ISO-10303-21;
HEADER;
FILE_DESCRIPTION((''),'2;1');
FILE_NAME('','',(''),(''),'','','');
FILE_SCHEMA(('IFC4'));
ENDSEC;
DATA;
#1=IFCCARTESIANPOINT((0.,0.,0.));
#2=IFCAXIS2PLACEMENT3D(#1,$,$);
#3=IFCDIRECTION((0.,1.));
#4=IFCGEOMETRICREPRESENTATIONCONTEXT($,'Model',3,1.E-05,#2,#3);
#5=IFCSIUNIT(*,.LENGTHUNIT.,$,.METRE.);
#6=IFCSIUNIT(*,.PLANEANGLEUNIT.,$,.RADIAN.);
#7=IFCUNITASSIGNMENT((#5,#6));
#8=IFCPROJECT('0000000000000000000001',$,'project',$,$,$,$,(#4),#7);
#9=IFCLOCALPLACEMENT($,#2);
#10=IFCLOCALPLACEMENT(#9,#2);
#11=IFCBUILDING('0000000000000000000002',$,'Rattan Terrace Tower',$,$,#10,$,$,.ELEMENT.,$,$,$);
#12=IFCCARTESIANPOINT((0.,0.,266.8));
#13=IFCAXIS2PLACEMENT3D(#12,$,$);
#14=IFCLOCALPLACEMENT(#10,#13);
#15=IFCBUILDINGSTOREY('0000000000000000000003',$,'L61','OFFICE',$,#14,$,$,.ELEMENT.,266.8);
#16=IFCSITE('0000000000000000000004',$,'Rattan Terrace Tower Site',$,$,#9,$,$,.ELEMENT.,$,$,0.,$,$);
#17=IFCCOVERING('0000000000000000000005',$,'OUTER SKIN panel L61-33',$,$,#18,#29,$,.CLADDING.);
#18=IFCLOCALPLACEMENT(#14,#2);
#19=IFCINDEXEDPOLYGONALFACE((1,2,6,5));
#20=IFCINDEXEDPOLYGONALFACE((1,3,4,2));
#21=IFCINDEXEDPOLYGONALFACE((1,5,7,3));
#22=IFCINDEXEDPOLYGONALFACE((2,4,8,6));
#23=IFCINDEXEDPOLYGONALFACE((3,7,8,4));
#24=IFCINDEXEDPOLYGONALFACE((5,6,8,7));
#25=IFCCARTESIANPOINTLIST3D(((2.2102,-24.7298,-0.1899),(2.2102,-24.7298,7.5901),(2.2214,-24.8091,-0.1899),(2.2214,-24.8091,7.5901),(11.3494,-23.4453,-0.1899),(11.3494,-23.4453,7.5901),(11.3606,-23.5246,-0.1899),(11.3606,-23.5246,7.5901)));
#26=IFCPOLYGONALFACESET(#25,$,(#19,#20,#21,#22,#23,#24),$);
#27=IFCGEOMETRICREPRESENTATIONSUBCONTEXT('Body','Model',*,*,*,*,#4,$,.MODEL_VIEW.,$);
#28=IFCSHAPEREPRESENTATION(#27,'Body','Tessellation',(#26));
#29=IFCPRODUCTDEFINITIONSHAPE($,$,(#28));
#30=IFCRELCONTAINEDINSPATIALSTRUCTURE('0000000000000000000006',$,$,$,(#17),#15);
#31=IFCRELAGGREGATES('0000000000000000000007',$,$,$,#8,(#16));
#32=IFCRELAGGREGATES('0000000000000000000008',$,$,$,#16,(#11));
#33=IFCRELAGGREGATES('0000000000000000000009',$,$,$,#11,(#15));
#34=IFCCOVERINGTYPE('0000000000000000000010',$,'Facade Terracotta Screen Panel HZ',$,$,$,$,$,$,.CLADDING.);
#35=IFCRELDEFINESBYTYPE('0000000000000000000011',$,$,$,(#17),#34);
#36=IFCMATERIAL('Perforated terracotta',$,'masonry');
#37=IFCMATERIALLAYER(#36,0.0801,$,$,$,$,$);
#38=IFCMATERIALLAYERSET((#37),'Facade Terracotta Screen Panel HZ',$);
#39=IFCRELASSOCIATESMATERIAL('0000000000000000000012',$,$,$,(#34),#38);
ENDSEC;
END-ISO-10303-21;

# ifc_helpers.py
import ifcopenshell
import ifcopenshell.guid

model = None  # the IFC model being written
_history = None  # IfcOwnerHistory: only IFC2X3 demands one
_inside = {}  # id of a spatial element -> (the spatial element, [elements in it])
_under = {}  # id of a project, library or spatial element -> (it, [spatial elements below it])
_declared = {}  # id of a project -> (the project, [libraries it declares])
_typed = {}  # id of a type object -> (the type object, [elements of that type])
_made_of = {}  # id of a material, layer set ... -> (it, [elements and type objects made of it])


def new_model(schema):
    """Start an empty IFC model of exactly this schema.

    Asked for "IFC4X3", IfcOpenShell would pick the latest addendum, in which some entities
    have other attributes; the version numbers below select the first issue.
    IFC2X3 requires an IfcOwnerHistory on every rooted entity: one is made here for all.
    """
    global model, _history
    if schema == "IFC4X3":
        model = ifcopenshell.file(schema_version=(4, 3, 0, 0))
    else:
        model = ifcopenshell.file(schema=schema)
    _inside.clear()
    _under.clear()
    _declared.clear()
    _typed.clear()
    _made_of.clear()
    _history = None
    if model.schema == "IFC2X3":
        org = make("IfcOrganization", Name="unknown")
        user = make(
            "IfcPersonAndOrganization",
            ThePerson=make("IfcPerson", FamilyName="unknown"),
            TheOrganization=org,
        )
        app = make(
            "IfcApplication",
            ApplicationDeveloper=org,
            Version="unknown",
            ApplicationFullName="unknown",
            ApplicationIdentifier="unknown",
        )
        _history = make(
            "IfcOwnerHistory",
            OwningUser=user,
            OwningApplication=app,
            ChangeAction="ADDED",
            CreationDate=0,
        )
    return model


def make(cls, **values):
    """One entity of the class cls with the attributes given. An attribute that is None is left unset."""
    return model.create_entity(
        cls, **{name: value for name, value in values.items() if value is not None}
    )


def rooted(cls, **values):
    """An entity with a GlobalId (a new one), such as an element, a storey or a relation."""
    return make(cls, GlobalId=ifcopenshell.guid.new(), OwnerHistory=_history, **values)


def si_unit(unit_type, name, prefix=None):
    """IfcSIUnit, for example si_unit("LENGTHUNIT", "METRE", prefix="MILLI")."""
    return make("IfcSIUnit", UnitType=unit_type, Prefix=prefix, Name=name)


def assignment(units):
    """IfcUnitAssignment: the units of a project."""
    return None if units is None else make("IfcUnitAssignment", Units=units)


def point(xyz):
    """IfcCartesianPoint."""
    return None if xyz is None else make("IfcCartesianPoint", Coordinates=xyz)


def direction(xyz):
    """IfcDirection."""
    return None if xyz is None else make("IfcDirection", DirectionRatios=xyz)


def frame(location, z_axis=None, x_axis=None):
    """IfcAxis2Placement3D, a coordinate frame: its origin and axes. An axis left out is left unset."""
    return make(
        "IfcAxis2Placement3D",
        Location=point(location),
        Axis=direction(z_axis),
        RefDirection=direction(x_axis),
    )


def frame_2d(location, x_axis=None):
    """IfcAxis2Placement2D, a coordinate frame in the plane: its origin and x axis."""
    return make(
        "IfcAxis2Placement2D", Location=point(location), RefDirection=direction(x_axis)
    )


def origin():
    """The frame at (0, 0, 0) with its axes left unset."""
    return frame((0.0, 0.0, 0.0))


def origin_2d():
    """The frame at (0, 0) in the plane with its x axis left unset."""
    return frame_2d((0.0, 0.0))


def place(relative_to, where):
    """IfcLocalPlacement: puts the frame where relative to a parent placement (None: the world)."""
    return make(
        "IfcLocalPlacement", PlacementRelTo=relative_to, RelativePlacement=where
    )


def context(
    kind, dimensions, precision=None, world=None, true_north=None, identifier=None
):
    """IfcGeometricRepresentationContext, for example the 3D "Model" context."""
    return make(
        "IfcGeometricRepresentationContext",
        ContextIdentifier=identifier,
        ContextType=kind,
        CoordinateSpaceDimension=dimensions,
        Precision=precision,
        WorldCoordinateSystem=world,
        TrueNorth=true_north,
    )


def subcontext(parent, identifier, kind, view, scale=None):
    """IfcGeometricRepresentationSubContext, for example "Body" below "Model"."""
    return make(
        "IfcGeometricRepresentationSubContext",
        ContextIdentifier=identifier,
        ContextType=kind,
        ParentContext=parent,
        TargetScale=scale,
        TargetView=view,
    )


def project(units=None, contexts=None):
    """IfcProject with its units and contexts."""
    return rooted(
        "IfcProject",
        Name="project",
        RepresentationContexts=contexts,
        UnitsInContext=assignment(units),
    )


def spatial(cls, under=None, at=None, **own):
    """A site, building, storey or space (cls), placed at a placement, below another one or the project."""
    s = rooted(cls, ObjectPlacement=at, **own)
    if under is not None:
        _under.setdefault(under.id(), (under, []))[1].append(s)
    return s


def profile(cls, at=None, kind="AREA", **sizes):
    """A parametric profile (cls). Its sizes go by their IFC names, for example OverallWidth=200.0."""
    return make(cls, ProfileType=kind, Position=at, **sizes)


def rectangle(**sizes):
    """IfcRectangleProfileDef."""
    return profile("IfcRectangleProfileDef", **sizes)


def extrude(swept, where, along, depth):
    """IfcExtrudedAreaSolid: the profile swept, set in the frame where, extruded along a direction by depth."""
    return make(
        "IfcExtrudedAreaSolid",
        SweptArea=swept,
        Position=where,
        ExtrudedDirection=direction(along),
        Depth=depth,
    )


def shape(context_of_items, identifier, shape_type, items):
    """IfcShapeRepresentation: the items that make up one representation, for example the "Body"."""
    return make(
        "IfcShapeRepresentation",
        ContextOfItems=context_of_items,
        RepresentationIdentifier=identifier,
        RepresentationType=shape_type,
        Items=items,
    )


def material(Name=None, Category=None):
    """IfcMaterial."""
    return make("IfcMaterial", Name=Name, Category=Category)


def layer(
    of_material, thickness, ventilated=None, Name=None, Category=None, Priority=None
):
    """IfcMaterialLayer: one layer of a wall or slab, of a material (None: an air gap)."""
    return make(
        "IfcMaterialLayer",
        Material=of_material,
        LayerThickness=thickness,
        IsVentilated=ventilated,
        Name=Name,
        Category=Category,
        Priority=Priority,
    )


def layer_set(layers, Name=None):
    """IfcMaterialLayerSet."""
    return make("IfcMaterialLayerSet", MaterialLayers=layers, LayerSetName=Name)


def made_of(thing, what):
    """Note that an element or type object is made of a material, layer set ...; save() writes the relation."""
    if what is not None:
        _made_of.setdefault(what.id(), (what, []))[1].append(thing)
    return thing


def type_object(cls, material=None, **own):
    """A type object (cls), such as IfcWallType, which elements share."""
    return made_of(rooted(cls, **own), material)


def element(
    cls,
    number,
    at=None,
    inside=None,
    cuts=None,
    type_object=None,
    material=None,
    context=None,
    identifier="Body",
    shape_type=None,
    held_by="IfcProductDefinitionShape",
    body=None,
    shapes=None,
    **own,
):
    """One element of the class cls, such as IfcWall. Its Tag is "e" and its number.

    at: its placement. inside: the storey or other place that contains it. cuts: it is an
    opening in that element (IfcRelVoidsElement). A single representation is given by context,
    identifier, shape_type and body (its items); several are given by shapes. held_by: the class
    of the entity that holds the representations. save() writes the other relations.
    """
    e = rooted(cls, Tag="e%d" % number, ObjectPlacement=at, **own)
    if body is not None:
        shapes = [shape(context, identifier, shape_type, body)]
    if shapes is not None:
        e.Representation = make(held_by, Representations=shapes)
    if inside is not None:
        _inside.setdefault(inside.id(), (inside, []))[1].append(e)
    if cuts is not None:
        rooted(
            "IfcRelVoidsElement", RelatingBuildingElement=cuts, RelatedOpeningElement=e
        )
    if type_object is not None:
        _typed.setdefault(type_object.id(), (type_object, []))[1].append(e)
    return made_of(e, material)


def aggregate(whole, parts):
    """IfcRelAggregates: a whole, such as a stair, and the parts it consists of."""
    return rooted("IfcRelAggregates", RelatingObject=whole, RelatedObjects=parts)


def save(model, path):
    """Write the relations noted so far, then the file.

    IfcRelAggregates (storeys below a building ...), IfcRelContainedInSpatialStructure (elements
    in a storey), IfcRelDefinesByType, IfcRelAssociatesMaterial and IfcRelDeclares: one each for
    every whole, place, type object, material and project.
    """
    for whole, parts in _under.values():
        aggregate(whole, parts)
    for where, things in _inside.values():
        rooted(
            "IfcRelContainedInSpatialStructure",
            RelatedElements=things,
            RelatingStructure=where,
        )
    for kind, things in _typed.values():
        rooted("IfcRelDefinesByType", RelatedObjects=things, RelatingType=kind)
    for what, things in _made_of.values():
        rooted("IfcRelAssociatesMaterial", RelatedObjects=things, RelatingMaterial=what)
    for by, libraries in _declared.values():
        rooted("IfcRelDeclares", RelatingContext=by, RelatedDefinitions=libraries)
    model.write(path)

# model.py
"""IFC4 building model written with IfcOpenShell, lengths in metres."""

from ifc_helpers import new_model, si_unit, direction, frame, origin, origin_2d, place, context, subcontext, project, spatial, rectangle, extrude, material, layer, layer_set, type_object, element, save


model = new_model("IFC4")

# Units and contexts
model_context = context("Model", 3, precision=1e-05, world=origin(), true_north=direction((0.0, 1.0)))
body_context = subcontext(model_context, "Body", "Model", "MODEL_VIEW")
ifc_project = project(units=[si_unit("LENGTHUNIT", "METRE"), si_unit("PLANEANGLEUNIT", "RADIAN")], contexts=[model_context])

# Site, building, storey
site_placement = place(None, origin())
site = spatial("IfcSite", under=ifc_project, at=site_placement, Name="Rattan Terrace Tower Site", CompositionType="ELEMENT", RefElevation=0.0)
building_placement = place(site_placement, origin())
building = spatial("IfcBuilding", under=site, at=building_placement, Name="Rattan Terrace Tower", CompositionType="ELEMENT")
storey_placement = place(building_placement, frame((0.0, 0.0, 266.8)))
storey = spatial("IfcBuildingStorey", under=building, at=storey_placement, Name="L61", Description="OFFICE", CompositionType="ELEMENT", Elevation=266.8)

# Covering
ifc_material_1 = material(Name="Perforated terracotta", Category="masonry")
ifc_layer_1 = layer(ifc_material_1, 0.0801)
ifc_layer_set_1 = layer_set([ifc_layer_1], Name="Facade Terracotta Screen Panel HZ")
covering_type = type_object("IfcCoveringType", Name="Facade Terracotta Screen Panel HZ", PredefinedType="CLADDING", material=ifc_layer_set_1)
covering_placement = place(storey_placement, frame((6.7854, -24.1272, -0.1899), z_axis=(0.0, 0.0, 1.0), x_axis=(0.990266, 0.139189, 0.0)))
element("IfcCovering", 1, at=covering_placement, inside=storey, type_object=covering_type, Name="OUTER SKIN panel L61-33", PredefinedType="CLADDING", context=body_context, shape_type="SweptSolid", body=[
    extrude(rectangle(XDim=9.229, YDim=0.0801, at=origin_2d()), origin(), (0.0, 0.0, 1.0), 7.78),
])

save(model, "model.ifc")
